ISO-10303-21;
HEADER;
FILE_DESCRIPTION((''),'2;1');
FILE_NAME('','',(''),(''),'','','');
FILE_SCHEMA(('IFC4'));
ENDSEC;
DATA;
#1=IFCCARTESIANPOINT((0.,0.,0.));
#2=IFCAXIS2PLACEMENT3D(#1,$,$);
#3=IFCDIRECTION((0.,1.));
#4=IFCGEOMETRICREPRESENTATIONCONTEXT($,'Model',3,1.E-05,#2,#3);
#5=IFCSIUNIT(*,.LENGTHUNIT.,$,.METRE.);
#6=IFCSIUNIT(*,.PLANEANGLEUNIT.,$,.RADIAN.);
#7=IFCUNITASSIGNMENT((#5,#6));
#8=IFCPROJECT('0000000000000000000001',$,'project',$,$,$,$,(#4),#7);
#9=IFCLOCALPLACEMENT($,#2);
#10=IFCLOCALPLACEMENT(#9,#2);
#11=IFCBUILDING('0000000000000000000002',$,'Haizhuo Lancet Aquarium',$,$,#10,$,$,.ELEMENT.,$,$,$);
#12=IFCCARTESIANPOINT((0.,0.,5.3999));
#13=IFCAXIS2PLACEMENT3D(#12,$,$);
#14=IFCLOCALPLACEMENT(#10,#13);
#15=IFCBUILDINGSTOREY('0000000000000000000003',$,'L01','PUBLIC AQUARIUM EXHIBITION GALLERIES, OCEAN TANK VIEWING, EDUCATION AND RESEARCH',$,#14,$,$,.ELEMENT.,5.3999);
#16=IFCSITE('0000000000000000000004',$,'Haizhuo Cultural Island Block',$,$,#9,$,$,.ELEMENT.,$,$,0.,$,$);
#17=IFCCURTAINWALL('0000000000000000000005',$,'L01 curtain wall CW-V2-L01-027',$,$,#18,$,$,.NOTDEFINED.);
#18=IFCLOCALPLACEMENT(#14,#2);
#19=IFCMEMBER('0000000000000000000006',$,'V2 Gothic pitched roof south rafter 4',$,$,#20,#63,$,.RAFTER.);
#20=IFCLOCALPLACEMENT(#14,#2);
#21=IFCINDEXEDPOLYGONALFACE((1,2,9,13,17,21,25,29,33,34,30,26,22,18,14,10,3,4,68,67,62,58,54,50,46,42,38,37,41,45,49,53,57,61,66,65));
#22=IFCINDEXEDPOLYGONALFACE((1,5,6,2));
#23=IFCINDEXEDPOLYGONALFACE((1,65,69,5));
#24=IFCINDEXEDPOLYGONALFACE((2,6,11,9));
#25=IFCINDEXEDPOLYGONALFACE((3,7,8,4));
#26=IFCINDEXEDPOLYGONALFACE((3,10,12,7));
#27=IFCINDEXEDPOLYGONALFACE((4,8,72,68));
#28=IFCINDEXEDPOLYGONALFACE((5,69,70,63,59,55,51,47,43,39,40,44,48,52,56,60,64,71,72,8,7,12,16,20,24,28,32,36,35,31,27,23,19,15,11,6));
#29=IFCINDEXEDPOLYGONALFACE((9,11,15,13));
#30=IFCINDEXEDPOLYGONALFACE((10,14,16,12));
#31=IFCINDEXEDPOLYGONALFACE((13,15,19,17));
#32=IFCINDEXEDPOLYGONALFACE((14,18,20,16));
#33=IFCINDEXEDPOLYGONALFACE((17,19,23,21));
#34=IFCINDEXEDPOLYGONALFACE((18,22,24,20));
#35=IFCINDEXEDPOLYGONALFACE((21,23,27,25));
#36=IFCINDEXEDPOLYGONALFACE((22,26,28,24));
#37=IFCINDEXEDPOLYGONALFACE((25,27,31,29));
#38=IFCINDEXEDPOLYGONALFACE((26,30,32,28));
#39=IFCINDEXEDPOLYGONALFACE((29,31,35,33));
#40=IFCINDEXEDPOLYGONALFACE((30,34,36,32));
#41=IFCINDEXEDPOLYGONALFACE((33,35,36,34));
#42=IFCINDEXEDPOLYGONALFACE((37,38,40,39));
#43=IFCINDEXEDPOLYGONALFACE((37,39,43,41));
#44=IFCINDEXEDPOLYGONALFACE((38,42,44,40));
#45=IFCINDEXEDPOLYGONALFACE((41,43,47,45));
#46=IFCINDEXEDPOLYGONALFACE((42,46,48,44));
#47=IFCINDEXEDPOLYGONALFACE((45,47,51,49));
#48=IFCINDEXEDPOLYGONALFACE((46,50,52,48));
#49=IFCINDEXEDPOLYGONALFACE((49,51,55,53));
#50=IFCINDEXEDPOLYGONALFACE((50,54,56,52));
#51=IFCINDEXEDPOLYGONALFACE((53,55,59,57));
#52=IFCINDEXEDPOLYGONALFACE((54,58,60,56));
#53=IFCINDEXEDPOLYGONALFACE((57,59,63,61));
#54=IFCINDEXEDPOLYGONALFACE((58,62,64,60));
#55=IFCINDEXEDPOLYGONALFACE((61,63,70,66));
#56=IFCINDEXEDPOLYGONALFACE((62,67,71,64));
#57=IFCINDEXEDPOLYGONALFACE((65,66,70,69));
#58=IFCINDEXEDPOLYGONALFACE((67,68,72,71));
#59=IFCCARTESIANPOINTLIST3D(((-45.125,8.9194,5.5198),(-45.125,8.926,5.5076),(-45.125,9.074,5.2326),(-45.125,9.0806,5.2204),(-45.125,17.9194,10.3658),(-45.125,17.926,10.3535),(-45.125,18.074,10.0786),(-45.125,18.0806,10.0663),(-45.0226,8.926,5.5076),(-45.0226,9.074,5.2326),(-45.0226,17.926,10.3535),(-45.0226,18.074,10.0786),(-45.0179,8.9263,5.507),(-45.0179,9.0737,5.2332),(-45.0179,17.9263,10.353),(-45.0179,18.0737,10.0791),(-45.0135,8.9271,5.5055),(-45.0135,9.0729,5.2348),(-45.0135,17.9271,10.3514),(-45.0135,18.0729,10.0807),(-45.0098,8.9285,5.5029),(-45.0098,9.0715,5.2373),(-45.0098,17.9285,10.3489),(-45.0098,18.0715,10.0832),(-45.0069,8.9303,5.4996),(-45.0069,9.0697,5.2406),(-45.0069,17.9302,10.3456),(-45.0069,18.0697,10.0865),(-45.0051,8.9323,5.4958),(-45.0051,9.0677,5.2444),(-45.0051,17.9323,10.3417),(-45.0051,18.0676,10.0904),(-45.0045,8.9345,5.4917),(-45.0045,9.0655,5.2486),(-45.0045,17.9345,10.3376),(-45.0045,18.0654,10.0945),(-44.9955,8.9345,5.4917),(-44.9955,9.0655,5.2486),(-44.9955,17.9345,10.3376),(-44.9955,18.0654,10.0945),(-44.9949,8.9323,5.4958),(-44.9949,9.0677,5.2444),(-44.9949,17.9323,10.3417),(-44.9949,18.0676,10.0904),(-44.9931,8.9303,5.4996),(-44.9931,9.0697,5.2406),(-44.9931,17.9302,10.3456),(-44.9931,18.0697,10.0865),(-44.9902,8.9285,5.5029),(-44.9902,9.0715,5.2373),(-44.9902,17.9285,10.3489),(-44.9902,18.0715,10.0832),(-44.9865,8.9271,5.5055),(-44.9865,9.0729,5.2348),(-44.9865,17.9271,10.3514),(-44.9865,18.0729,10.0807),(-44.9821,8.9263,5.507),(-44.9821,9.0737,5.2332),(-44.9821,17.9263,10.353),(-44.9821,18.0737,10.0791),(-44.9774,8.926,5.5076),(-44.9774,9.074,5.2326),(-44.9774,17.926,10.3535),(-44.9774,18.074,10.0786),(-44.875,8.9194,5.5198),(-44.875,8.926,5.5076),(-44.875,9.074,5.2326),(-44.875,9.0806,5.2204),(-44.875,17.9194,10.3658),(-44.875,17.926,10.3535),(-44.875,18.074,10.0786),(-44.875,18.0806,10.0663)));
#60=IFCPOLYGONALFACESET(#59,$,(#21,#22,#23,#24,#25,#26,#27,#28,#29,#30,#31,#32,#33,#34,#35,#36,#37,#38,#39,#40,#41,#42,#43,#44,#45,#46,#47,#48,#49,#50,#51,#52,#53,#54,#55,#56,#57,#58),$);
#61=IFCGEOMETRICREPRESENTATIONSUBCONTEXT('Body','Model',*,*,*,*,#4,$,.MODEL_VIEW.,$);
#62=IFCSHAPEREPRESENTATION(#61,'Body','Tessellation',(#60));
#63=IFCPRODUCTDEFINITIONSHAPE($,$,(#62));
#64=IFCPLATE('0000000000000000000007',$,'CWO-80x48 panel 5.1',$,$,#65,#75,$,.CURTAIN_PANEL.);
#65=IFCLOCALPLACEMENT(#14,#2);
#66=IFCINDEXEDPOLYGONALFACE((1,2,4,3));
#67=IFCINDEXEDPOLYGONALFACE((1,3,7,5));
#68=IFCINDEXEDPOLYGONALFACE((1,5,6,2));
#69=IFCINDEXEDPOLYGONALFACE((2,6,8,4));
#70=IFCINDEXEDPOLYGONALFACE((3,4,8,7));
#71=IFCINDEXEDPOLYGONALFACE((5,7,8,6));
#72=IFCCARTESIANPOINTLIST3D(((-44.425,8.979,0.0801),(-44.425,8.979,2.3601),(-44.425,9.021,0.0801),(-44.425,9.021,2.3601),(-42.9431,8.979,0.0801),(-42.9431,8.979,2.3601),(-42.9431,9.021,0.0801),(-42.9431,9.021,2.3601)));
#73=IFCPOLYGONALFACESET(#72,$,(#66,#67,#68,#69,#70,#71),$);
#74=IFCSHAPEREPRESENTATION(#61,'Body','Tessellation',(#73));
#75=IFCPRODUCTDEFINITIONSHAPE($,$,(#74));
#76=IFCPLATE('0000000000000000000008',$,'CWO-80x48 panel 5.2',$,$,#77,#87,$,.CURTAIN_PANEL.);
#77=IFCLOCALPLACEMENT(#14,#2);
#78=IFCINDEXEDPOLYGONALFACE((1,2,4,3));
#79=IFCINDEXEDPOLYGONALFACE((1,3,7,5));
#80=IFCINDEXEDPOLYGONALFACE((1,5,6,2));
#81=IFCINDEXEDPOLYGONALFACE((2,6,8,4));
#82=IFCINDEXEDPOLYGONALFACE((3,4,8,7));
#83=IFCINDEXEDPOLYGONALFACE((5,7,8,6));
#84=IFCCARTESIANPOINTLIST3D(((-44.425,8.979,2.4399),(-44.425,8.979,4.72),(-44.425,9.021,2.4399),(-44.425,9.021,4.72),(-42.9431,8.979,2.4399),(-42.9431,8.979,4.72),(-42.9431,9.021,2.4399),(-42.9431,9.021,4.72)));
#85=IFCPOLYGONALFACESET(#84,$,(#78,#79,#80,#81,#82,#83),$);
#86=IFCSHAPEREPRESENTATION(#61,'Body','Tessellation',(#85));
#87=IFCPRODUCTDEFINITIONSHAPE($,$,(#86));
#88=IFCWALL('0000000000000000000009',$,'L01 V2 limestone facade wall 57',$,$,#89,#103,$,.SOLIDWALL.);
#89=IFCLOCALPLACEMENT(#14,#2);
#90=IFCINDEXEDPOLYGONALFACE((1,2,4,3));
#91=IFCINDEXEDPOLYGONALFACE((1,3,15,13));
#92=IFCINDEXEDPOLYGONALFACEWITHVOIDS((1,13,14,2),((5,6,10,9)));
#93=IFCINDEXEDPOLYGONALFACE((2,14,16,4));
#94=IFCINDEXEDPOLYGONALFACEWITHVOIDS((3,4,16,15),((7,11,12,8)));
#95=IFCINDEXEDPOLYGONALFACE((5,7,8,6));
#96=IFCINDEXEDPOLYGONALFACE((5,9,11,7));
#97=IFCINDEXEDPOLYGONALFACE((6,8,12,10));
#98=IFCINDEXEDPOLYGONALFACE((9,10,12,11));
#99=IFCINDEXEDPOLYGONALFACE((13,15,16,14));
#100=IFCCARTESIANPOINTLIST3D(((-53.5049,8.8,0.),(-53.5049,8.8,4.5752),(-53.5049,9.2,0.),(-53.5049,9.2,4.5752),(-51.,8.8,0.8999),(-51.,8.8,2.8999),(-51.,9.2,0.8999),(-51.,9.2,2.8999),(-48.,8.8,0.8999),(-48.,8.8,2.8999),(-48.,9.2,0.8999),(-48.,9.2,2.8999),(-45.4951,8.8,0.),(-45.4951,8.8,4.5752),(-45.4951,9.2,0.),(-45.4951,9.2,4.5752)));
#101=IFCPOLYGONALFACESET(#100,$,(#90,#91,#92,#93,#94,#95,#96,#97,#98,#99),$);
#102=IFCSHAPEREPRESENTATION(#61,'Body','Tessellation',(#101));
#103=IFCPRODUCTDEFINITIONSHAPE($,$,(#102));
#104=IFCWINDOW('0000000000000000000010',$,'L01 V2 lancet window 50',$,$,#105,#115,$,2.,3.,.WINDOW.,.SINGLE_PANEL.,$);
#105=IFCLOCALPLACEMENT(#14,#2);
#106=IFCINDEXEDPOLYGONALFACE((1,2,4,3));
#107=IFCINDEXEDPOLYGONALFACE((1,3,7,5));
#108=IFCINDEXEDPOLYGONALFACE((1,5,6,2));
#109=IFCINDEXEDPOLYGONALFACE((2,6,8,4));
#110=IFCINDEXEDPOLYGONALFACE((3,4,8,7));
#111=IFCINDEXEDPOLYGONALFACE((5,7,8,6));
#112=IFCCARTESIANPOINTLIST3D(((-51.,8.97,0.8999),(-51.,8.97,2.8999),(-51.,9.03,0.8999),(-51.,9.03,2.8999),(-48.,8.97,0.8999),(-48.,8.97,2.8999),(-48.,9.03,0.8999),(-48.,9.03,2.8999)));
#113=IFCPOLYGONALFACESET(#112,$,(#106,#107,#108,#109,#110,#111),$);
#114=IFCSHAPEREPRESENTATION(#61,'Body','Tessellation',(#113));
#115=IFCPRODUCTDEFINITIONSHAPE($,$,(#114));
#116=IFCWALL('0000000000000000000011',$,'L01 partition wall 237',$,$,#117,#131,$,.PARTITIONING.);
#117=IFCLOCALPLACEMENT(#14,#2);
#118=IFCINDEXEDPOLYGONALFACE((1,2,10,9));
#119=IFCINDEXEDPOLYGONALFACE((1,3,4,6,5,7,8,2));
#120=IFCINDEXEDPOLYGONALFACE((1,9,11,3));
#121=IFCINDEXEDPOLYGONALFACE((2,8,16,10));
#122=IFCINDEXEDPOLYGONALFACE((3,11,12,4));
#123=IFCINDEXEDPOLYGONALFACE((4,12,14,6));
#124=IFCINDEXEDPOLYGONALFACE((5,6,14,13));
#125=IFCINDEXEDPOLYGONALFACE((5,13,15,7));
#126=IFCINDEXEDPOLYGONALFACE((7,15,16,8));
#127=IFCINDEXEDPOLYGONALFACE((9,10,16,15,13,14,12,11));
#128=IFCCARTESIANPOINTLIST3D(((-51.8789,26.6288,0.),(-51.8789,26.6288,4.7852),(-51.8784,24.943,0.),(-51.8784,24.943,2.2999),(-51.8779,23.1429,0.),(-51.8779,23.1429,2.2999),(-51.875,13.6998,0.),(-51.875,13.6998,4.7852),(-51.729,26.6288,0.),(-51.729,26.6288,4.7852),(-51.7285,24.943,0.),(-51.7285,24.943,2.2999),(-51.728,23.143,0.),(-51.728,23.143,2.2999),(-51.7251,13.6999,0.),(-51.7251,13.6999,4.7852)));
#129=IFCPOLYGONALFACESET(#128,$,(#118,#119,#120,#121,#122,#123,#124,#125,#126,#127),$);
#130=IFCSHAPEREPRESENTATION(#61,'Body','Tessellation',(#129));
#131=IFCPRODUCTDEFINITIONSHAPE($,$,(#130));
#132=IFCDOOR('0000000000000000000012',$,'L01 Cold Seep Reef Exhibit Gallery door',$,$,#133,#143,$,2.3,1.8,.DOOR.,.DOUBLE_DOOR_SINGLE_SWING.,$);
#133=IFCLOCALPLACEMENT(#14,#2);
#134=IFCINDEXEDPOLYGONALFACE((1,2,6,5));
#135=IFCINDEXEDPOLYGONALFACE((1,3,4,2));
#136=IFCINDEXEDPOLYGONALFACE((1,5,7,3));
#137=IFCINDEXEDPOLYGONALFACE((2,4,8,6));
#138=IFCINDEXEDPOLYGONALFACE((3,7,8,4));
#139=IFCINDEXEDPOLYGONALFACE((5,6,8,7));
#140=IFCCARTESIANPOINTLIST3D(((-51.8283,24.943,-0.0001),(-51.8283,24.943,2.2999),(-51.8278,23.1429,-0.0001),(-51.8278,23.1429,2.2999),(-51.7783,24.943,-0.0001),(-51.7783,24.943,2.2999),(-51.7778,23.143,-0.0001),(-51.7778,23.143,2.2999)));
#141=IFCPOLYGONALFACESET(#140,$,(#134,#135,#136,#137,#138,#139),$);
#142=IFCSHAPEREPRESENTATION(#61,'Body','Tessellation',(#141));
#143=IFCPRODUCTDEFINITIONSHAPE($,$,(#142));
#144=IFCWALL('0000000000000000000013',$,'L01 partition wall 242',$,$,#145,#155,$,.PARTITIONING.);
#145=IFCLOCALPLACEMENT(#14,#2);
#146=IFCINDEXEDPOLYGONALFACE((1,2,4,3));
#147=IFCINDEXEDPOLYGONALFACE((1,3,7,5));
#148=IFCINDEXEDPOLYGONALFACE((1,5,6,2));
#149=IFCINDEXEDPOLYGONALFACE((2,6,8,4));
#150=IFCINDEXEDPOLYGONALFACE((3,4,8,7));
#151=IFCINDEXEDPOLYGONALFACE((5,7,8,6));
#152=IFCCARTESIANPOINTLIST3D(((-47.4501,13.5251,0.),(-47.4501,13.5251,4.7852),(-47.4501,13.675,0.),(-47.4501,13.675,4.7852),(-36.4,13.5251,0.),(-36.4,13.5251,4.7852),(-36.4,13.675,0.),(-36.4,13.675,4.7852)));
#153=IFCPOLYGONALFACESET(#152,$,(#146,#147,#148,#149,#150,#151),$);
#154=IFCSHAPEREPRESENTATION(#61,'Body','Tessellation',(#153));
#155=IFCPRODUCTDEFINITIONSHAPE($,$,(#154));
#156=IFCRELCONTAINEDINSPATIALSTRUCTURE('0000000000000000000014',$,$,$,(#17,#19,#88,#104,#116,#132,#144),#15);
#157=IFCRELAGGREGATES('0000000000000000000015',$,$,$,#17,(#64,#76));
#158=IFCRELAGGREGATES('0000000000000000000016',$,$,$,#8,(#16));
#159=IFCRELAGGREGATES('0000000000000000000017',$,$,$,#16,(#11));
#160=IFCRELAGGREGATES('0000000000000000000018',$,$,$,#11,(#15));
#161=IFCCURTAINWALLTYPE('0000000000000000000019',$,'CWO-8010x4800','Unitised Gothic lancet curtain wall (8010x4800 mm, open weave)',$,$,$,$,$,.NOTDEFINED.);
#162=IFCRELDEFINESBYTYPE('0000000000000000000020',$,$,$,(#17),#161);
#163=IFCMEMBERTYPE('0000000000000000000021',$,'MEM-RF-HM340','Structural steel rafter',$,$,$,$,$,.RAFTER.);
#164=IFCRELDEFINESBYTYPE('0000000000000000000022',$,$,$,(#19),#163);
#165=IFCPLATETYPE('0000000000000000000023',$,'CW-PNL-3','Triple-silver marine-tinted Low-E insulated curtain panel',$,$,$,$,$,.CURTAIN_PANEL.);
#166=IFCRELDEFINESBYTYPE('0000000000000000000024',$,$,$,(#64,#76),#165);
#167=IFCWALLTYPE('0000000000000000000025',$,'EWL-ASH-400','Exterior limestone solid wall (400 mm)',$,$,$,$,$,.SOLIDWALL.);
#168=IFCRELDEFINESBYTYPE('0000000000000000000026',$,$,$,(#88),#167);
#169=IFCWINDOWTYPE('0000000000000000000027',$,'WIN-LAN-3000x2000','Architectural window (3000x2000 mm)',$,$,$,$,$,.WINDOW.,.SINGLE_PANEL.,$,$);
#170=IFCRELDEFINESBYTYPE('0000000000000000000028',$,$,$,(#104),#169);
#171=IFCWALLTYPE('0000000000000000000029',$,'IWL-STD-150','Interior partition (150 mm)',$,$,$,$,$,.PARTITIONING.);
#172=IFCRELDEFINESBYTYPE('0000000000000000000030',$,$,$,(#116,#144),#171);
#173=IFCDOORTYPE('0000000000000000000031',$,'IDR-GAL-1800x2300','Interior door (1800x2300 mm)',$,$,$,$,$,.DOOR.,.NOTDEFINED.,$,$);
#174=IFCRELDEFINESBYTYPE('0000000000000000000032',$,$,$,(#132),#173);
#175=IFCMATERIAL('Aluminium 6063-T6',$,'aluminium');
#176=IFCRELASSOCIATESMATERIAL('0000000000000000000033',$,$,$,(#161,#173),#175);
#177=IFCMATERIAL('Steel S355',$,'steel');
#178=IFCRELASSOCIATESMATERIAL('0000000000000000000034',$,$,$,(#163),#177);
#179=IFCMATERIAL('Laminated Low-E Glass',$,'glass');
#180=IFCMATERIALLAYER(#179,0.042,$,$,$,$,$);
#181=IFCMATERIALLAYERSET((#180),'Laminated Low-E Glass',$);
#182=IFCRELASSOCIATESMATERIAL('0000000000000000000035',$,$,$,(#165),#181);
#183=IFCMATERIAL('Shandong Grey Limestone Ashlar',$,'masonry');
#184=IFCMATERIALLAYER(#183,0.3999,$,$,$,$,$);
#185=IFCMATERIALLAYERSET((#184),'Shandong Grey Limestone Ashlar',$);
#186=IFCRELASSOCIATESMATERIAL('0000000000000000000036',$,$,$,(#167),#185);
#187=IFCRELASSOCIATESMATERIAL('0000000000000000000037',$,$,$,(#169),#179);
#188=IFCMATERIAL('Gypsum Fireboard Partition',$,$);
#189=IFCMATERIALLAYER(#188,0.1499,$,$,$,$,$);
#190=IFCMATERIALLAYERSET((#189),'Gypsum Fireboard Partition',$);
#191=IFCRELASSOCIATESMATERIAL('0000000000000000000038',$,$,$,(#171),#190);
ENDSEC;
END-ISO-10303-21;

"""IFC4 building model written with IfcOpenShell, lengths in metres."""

from ifc_helpers import new_model, si_unit, direction, frame, frame_2d, origin, origin_2d, place, context, subcontext, project, spatial, rectangle, i_section, extrude, material, layer, layer_set, material_profile, profile_set, type_object, element, fill, aggregate, save


model = new_model("IFC4")

# Units and contexts
model_context = context("Model", 3, precision=1e-05, world=origin(), true_north=direction((0.0, 1.0)))
body_context = subcontext(model_context, "Body", "Model", "MODEL_VIEW")
ifc_project = project(units=[si_unit("LENGTHUNIT", "METRE"), si_unit("PLANEANGLEUNIT", "RADIAN")], contexts=[model_context])

# Site, building, storey
site_placement = place(None, origin())
site = spatial("IfcSite", under=ifc_project, at=site_placement, Name="Haizhuo Cultural Island Block", CompositionType="ELEMENT", RefElevation=0.0)
building_placement = place(site_placement, origin())
building = spatial("IfcBuilding", under=site, at=building_placement, Name="Haizhuo Lancet Aquarium", CompositionType="ELEMENT")
storey_placement = place(building_placement, frame((0.0, 0.0, 5.3999)))
storey = spatial("IfcBuildingStorey", under=building, at=storey_placement, Name="L01", Description="PUBLIC AQUARIUM EXHIBITION GALLERIES, OCEAN TANK VIEWING, EDUCATION AND RESEARCH", CompositionType="ELEMENT", Elevation=5.3999)

# Shared definitions
ifc_material_1 = material(Name="Steel S355", Category="steel")

# Curtain wall
ifc_material_2 = material(Name="Aluminium 6063-T6", Category="aluminium")
curtain_wall_type = type_object("IfcCurtainWallType", Name="CWO-8010x4800", Description="Unitised Gothic lancet curtain wall (8010x4800 mm, open weave)", PredefinedType="NOTDEFINED", material=ifc_material_2)
curtain_wall_placement = place(storey_placement, origin())
curtain_wall = element("IfcCurtainWall", 1, at=curtain_wall_placement, inside=storey, type_object=curtain_wall_type, Name="L01 curtain wall CW-V2-L01-027", PredefinedType="NOTDEFINED")

# Member
ifc_material_profile_1 = material_profile(ifc_material_1, i_section(OverallWidth=0.25, OverallDepth=0.3401, WebThickness=0.009, FlangeThickness=0.0139, FilletRadius=0.0181, at=origin_2d()), Name="HM 340x250x9x14")
ifc_profile_set_1 = profile_set([ifc_material_profile_1], Name="Steel S355")
member_type_1 = type_object("IfcMemberType", Name="MEM-RF-HM340", Description="Structural steel rafter", PredefinedType="RAFTER", material=ifc_profile_set_1)
member_1_placement = place(storey_placement, frame((-45.0, 9.0, 5.3701), z_axis=(0.0, 0.88048, 0.474084), x_axis=(-1.0, 0.0, 0.0)))
element("IfcMember", 2, at=member_1_placement, inside=storey, type_object=member_type_1, Name="V2 Gothic pitched roof south rafter 4", PredefinedType="RAFTER", context=body_context, shape_type="SweptSolid", body=[
    extrude(i_section(OverallWidth=0.25, OverallDepth=0.3401, WebThickness=0.009, FlangeThickness=0.0139, FilletRadius=0.0181, at=origin_2d()), origin(), (0.0, 0.0, 1.0), 10.2217),
])

# Plates
ifc_material_3 = material(Name="Laminated Low-E Glass", Category="glass")
ifc_layer_1 = layer(ifc_material_3, 0.042)
ifc_layer_set_1 = layer_set([ifc_layer_1], Name="Laminated Low-E Glass")
plate_type = type_object("IfcPlateType", Name="CW-PNL-3", Description="Triple-silver marine-tinted Low-E insulated curtain panel", PredefinedType="CURTAIN_PANEL", material=ifc_layer_set_1)
plate_1_placement = place(storey_placement, frame((-43.6841, 9.0, 0.0801), z_axis=(0.0, 0.0, 1.0), x_axis=(-1.0, 0.0, 0.0)))
plate_1 = element("IfcPlate", 3, at=plate_1_placement, type_object=plate_type, Name="CWO-80x48 panel 5.1", PredefinedType="CURTAIN_PANEL", context=body_context, shape_type="SweptSolid", body=[
    extrude(rectangle(XDim=1.4819, YDim=0.042, at=origin_2d()), origin(), (0.0, 0.0, 1.0), 2.28),
])
plate_2_placement = place(storey_placement, frame((-43.6841, 9.0, 2.4399), z_axis=(0.0, 0.0, 1.0), x_axis=(-1.0, 0.0, 0.0)))
plate_2 = element("IfcPlate", 4, at=plate_2_placement, type_object=plate_type, Name="CWO-80x48 panel 5.2", PredefinedType="CURTAIN_PANEL", context=body_context, shape_type="SweptSolid", body=[
    extrude(rectangle(XDim=1.4819, YDim=0.042, at=origin_2d()), origin(), (0.0, 0.0, 1.0), 2.28),
])
aggregate(curtain_wall, [plate_1, plate_2])

# Wall, opening, window
ifc_material_4 = material(Name="Shandong Grey Limestone Ashlar", Category="masonry")
ifc_layer_2 = layer(ifc_material_4, 0.3999)
ifc_layer_set_2 = layer_set([ifc_layer_2], Name="Shandong Grey Limestone Ashlar")
wall_type_1 = type_object("IfcWallType", Name="EWL-ASH-400", Description="Exterior limestone solid wall (400 mm)", PredefinedType="SOLIDWALL", material=ifc_layer_set_2)
wall_1_placement = place(storey_placement, frame((-45.4951, 9.0, 0.0), z_axis=(0.0, 0.0, 1.0), x_axis=(-1.0, 0.0, 0.0)))
wall_1 = element("IfcWall", 5, at=wall_1_placement, inside=storey, type_object=wall_type_1, Name="L01 V2 limestone facade wall 57", PredefinedType="SOLIDWALL", context=body_context, shape_type="SweptSolid", body=[
    extrude(rectangle(XDim=8.0098, YDim=0.3999, at=frame_2d((4.0049, 0.0))), origin(), (0.0, 0.0, 1.0), 4.5752),
])
opening_1_placement = place(wall_1_placement, frame((2.5049, 0.0, 0.8999)))
opening_1 = element("IfcOpeningElement", 6, at=opening_1_placement, cuts=wall_1, PredefinedType="OPENING", context=body_context, shape_type="SweptSolid", body=[
    extrude(rectangle(XDim=3.0, YDim=2.0, at=frame_2d((1.5, 1.0))), frame((0.0, 0.21, 0.0), z_axis=(0.0, -1.0, 0.0), x_axis=(1.0, 0.0, 0.0)), (0.0, 0.0, 1.0), 0.4199),
])
window_type = type_object("IfcWindowType", Name="WIN-LAN-3000x2000", Description="Architectural window (3000x2000 mm)", PartitioningType="SINGLE_PANEL", PredefinedType="WINDOW", material=ifc_material_3)
window_placement = place(opening_1_placement, origin())
window = element("IfcWindow", 7, at=window_placement, inside=storey, type_object=window_type, Name="L01 V2 lancet window 50", OverallHeight=2.0, OverallWidth=3.0, PartitioningType="SINGLE_PANEL", PredefinedType="WINDOW", context=body_context, shape_type="SweptSolid", body=[
    extrude(rectangle(XDim=3.0, YDim=2.0, at=frame_2d((1.5, 1.0))), frame((0.0, 0.03, 0.0), z_axis=(0.0, -1.0, 0.0), x_axis=(1.0, 0.0, 0.0)), (0.0, 0.0, 1.0), 0.0601),
])
fill(opening_1, window)

# Wall, opening, door
ifc_material_5 = material(Name="Gypsum Fireboard Partition")
ifc_layer_3 = layer(ifc_material_5, 0.1499)
ifc_layer_set_3 = layer_set([ifc_layer_3], Name="Gypsum Fireboard Partition")
wall_type_2 = type_object("IfcWallType", Name="IWL-STD-150", Description="Interior partition (150 mm)", PredefinedType="PARTITIONING", material=ifc_layer_set_3)
wall_2_placement = place(storey_placement, frame((-51.8, 13.7, 0.0), z_axis=(0.0, 0.0, 1.0), x_axis=(-0.000302, 1.0, 0.0)))
wall_2 = element("IfcWall", 8, at=wall_2_placement, inside=storey, type_object=wall_type_2, Name="L01 partition wall 237", PredefinedType="PARTITIONING", context=body_context, shape_type="SweptSolid", body=[
    extrude(rectangle(XDim=12.929, YDim=0.1499, at=frame_2d((6.4644, 0.0))), origin(), (0.0, 0.0, 1.0), 4.7852),
])
opening_2_placement = place(wall_2_placement, frame((9.4431, 0.0, 0.0)))
opening_2 = element("IfcOpeningElement", 9, at=opening_2_placement, cuts=wall_2, PredefinedType="OPENING", context=body_context, shape_type="SweptSolid", body=[
    extrude(rectangle(XDim=1.8, YDim=2.3, at=frame_2d((0.8999, 1.1499))), frame((0.0, 0.085, 0.0), z_axis=(0.0, -1.0, 0.0), x_axis=(1.0, 0.0, 0.0)), (0.0, 0.0, 1.0), 0.1699),
])
door_type_1 = type_object("IfcDoorType", Name="IDR-GAL-1800x2300", Description="Interior door (1800x2300 mm)", OperationType="NOTDEFINED", PredefinedType="DOOR", material=ifc_material_2)
door_1_placement = place(opening_2_placement, origin())
door_1 = element("IfcDoor", 10, at=door_1_placement, inside=storey, type_object=door_type_1, Name="L01 Cold Seep Reef Exhibit Gallery door", OperationType="DOUBLE_DOOR_SINGLE_SWING", OverallHeight=2.3, OverallWidth=1.8, PredefinedType="DOOR", context=body_context, shape_type="SweptSolid", body=[
    extrude(rectangle(XDim=1.8, YDim=2.3, at=frame_2d((0.8999, 1.1499))), frame((0.0, 0.0249, 0.0), z_axis=(0.0, -1.0, 0.0), x_axis=(1.0, 0.0, 0.0)), (0.0, 0.0, 1.0), 0.05),
])
fill(opening_2, door_1)

# Wall
wall_3_placement = place(storey_placement, frame((-47.45, 13.6001, 0.0), z_axis=(0.0, 0.0, 1.0), x_axis=(1.0, 0.0, 0.0)))
element("IfcWall", 11, at=wall_3_placement, inside=storey, type_object=wall_type_2, Name="L01 partition wall 242", PredefinedType="PARTITIONING", context=body_context, shape_type="SweptSolid", body=[
    extrude(rectangle(XDim=11.05, YDim=0.1499, at=frame_2d((5.5249, 0.0))), origin(), (0.0, 0.0, 1.0), 4.7852),
])

save(model, "model.ifc")
